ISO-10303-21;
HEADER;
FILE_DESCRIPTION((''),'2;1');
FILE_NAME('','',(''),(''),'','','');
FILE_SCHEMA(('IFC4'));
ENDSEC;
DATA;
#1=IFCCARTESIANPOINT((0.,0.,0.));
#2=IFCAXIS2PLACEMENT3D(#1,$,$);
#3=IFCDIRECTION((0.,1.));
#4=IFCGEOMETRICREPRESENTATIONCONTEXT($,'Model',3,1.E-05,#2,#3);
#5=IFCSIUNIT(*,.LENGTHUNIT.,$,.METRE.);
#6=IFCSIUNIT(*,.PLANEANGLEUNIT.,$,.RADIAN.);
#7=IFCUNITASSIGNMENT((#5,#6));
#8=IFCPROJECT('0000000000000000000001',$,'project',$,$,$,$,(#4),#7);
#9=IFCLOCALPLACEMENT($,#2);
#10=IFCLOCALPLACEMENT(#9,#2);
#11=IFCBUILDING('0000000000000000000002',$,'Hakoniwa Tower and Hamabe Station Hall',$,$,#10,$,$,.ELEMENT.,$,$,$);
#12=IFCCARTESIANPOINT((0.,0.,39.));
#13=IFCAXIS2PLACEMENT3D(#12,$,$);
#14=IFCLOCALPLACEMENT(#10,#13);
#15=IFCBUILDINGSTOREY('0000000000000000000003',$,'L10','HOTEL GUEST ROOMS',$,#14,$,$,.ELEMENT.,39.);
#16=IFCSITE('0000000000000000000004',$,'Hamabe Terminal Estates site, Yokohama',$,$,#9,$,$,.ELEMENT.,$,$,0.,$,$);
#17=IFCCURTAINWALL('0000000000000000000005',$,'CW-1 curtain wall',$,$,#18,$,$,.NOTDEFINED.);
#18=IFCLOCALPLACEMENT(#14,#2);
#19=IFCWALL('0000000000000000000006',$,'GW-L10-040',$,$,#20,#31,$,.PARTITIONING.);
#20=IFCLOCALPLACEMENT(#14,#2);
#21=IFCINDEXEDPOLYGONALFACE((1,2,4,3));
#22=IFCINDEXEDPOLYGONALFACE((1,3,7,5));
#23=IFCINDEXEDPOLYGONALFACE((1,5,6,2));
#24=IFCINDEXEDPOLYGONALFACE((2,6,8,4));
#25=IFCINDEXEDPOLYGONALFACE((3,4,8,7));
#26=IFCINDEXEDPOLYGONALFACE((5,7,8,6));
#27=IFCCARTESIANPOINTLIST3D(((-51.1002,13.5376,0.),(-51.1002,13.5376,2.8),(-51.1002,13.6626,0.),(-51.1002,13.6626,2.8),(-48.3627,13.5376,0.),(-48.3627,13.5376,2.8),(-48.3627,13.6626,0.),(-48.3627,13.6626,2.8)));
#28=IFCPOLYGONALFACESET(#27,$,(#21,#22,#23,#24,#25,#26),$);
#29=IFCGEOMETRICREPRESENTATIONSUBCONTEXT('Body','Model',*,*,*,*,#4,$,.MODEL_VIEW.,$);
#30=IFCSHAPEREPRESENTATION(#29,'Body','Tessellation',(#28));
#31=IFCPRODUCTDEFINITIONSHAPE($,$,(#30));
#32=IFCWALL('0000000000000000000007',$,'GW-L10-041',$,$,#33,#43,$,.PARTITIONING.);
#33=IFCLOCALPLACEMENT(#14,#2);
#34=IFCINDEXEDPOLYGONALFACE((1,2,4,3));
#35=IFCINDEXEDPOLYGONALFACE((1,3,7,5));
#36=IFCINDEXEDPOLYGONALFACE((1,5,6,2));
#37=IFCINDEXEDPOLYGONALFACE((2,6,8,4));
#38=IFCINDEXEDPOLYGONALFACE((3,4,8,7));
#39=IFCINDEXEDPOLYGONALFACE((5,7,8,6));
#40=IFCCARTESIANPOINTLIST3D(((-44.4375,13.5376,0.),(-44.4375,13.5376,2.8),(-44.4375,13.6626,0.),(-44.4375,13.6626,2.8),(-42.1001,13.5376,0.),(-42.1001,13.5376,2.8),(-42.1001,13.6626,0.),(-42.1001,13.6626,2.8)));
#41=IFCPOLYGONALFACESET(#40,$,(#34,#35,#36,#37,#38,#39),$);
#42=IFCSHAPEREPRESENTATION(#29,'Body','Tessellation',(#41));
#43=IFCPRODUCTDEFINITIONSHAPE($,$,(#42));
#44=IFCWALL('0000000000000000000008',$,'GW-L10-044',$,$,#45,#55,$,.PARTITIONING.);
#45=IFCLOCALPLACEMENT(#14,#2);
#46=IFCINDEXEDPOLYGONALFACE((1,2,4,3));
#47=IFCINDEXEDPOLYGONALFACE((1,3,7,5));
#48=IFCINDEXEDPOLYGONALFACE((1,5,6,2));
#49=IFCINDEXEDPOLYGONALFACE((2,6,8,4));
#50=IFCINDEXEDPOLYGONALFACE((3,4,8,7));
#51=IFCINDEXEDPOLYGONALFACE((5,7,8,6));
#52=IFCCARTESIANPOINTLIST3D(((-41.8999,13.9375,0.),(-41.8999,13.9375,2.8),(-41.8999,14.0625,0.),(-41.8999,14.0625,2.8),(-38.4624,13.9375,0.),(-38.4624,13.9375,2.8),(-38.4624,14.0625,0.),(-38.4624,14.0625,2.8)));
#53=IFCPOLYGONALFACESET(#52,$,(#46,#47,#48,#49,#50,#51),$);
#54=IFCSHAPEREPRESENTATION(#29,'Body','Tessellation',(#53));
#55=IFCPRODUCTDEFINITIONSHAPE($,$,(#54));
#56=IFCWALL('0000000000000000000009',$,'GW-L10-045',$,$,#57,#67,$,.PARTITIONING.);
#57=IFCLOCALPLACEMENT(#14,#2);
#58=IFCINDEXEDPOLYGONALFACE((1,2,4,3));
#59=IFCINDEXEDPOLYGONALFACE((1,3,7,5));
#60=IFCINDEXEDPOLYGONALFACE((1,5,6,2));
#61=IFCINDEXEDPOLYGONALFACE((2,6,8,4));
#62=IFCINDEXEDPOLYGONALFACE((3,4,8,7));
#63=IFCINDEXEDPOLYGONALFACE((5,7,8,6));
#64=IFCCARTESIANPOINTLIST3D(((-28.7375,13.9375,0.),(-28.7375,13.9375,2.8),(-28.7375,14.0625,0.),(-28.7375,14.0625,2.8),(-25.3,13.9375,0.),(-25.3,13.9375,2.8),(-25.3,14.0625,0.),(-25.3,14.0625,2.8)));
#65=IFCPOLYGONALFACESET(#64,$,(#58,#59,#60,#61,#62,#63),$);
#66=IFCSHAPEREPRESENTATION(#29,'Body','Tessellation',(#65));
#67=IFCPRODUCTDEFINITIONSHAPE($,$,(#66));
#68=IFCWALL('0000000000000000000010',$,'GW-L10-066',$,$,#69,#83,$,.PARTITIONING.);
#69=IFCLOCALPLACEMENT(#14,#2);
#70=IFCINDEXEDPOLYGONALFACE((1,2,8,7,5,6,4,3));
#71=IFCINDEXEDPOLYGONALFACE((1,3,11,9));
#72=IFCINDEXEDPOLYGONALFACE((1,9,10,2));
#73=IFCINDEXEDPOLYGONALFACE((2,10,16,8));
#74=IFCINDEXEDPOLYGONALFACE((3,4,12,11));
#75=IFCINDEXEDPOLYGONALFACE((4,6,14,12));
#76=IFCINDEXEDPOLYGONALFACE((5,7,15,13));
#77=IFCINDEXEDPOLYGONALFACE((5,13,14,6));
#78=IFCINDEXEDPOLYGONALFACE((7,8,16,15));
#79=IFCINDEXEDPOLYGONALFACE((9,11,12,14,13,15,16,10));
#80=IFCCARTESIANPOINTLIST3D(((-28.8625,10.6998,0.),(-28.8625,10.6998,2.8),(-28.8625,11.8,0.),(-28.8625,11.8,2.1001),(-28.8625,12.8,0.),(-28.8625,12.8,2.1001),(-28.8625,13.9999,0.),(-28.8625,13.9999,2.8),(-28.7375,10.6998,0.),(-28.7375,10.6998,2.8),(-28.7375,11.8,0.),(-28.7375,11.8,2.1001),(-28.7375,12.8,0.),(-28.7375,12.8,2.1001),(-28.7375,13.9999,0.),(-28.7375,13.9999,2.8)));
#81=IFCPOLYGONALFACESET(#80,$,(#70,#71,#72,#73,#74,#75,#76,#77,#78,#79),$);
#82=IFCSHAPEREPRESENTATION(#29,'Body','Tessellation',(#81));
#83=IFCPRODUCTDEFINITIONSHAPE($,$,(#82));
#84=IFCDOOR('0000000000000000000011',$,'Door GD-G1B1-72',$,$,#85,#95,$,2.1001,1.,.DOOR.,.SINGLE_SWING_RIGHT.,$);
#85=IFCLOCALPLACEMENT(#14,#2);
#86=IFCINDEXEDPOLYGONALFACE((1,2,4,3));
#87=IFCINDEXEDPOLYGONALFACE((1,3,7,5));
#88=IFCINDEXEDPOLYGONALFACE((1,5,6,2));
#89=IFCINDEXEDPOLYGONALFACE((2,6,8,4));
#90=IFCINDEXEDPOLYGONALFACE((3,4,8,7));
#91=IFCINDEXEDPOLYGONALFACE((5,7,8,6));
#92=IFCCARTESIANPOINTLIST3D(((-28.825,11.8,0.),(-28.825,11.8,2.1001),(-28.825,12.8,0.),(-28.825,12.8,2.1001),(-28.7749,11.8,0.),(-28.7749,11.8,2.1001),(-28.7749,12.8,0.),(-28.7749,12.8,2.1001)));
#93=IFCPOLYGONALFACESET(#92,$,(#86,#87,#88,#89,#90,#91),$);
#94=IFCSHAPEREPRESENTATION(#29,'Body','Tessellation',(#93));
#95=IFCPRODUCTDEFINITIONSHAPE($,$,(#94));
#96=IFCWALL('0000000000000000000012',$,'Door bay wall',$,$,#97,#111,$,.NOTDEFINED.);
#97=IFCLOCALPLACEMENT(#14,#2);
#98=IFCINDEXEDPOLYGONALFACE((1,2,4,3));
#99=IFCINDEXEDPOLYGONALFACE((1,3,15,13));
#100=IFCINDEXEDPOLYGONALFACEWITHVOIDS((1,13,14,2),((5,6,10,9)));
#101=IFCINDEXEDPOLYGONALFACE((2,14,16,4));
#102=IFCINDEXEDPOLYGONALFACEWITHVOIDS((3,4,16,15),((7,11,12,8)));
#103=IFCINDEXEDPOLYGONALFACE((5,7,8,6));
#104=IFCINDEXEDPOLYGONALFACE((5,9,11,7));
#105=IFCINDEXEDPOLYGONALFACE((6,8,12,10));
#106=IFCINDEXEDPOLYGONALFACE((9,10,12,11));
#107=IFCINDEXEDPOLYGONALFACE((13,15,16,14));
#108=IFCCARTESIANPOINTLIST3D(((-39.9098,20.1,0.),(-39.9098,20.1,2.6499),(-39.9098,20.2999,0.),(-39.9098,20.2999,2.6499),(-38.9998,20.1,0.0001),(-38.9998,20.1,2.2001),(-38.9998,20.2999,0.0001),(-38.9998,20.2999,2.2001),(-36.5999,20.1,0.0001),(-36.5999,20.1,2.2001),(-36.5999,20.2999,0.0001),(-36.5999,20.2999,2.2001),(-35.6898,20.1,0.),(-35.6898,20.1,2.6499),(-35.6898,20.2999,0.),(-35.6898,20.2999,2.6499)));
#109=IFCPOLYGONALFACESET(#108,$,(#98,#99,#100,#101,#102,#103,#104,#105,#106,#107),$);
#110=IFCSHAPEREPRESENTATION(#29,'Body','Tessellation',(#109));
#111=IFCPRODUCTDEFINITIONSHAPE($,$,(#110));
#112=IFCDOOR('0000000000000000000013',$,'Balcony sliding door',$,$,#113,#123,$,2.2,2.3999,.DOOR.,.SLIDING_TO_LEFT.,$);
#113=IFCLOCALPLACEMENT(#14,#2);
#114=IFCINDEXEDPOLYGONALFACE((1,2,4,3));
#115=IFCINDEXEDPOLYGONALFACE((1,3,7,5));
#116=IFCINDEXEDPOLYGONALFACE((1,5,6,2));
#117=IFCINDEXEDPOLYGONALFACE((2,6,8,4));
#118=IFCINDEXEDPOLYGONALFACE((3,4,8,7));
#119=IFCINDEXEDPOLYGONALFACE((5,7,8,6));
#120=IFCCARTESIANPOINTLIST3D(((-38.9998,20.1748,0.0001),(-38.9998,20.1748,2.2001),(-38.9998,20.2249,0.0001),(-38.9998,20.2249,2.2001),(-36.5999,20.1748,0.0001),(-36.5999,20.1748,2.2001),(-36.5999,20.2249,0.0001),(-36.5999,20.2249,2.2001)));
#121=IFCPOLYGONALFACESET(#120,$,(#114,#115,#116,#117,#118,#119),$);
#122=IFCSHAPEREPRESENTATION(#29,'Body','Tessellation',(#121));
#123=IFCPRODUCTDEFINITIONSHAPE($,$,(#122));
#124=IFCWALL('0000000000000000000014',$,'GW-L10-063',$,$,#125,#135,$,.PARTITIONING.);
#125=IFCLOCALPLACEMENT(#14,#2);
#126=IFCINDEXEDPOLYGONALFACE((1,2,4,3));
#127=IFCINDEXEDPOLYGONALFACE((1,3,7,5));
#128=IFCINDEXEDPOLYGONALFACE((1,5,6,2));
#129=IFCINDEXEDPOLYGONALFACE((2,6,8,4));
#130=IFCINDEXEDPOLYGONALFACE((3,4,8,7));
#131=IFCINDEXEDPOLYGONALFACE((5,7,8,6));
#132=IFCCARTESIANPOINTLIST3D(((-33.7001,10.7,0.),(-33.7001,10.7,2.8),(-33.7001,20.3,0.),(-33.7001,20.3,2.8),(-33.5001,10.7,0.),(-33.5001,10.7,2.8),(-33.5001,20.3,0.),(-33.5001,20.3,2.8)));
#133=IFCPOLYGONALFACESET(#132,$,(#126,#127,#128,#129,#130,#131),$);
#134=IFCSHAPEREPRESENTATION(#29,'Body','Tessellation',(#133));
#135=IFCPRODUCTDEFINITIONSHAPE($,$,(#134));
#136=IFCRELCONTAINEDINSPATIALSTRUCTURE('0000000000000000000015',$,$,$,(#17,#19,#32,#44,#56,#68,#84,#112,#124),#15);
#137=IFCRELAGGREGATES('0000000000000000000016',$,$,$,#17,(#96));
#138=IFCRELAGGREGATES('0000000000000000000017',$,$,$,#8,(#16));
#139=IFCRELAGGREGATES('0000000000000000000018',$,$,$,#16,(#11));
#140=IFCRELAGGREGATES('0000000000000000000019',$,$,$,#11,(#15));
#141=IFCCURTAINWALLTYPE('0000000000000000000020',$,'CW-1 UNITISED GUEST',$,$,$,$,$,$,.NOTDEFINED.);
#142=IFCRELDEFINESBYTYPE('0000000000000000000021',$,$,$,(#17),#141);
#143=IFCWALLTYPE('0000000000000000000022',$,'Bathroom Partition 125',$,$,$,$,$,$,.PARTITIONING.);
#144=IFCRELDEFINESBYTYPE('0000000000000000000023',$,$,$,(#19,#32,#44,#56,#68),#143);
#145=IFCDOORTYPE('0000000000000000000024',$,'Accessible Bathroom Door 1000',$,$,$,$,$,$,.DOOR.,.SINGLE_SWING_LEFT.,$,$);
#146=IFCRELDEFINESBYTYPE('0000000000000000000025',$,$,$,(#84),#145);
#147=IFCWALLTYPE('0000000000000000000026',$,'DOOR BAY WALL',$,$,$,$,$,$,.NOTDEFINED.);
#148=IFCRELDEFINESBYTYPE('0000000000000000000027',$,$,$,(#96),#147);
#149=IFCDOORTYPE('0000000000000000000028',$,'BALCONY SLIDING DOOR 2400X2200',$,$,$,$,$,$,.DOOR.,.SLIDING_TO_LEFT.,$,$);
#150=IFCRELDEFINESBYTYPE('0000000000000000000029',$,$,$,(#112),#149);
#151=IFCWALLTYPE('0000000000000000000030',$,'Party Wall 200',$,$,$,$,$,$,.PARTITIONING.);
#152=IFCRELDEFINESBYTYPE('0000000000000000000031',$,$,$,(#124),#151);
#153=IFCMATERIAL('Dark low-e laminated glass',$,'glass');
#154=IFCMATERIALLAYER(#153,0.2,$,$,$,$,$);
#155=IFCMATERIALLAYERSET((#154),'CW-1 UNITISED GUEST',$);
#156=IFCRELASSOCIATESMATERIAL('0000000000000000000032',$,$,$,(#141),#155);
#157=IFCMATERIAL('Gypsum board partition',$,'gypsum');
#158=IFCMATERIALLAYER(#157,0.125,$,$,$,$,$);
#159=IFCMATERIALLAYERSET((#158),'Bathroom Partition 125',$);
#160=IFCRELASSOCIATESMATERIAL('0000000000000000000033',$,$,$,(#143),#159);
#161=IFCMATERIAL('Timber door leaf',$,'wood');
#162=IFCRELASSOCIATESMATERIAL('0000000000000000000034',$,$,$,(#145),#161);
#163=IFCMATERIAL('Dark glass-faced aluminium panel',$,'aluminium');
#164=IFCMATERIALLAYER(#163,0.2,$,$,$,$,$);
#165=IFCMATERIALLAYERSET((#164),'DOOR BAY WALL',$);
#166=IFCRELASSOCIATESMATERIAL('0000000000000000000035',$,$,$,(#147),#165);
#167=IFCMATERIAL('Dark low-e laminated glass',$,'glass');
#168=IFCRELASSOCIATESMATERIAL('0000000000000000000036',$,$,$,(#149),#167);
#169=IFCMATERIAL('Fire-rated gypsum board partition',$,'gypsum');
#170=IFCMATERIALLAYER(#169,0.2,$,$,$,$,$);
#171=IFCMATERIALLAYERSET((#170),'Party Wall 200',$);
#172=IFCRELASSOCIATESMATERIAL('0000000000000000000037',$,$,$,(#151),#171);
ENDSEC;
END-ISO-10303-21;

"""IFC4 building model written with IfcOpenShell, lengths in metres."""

from ifc_helpers import new_model, si_unit, direction, frame, frame_2d, origin, place, context, subcontext, project, spatial, rectangle, extrude, material, layer, layer_set, type_object, element, fill, aggregate, save


model = new_model("IFC4")

# Units and contexts
model_context = context("Model", 3, precision=1e-05, world=origin(), true_north=direction((0.0, 1.0)))
body_context = subcontext(model_context, "Body", "Model", "MODEL_VIEW")
ifc_project = project(units=[si_unit("LENGTHUNIT", "METRE"), si_unit("PLANEANGLEUNIT", "RADIAN")], contexts=[model_context])

# Site, building, storey
site_placement = place(None, origin())
site = spatial("IfcSite", under=ifc_project, at=site_placement, Name="Hamabe Terminal Estates site, Yokohama", CompositionType="ELEMENT", RefElevation=0.0)
building_placement = place(site_placement, origin())
building = spatial("IfcBuilding", under=site, at=building_placement, Name="Hakoniwa Tower and Hamabe Station Hall", CompositionType="ELEMENT")
storey_placement = place(building_placement, frame((0.0, 0.0, 39.0)))
storey = spatial("IfcBuildingStorey", under=building, at=storey_placement, Name="L10", Description="HOTEL GUEST ROOMS", CompositionType="ELEMENT", Elevation=39.0)

# Curtain wall
ifc_material_1 = material(Name="Dark low-e laminated glass", Category="glass")
ifc_layer_1 = layer(ifc_material_1, 0.2)
ifc_layer_set_1 = layer_set([ifc_layer_1], Name="CW-1 UNITISED GUEST")
curtain_wall_type = type_object("IfcCurtainWallType", Name="CW-1 UNITISED GUEST", PredefinedType="NOTDEFINED", material=ifc_layer_set_1)
curtain_wall_1_placement = place(storey_placement, origin())
curtain_wall_1 = element("IfcCurtainWall", 1, at=curtain_wall_1_placement, inside=storey, type_object=curtain_wall_type, Name="CW-1 curtain wall", PredefinedType="NOTDEFINED")

# Walls
ifc_material_2 = material(Name="Gypsum board partition", Category="gypsum")
ifc_layer_2 = layer(ifc_material_2, 0.125)
ifc_layer_set_2 = layer_set([ifc_layer_2], Name="Bathroom Partition 125")
wall_type_1 = type_object("IfcWallType", Name="Bathroom Partition 125", PredefinedType="PARTITIONING", material=ifc_layer_set_2)
wall_1_placement = place(storey_placement, frame((-51.1001, 13.6001, 0.0), z_axis=(0.0, 0.0, 1.0), x_axis=(1.0, 0.0, 0.0)))
element("IfcWall", 2, at=wall_1_placement, inside=storey, type_object=wall_type_1, Name="GW-L10-040", PredefinedType="PARTITIONING", context=body_context, shape_type="SweptSolid", body=[
    extrude(rectangle(XDim=2.7375, YDim=0.125, at=frame_2d((1.3687, 0.0))), origin(), (0.0, 0.0, 1.0), 2.8),
])
wall_2_placement = place(storey_placement, frame((-44.4375, 13.6001, 0.0), z_axis=(0.0, 0.0, 1.0), x_axis=(1.0, 0.0, 0.0)))
element("IfcWall", 3, at=wall_2_placement, inside=storey, type_object=wall_type_1, Name="GW-L10-041", PredefinedType="PARTITIONING", context=body_context, shape_type="SweptSolid", body=[
    extrude(rectangle(XDim=2.3374, YDim=0.125, at=frame_2d((1.1687, 0.0))), origin(), (0.0, 0.0, 1.0), 2.8),
])
for number, where, z_axis, x_axis, name in (
    (4, (-41.8999, 14.0, 0.0), (0.0, 0.0, 1.0), (1.0, 0.0, 0.0), "GW-L10-044"),
    (5, (-28.7375, 14.0, 0.0), (0.0, 0.0, 1.0), (1.0, 0.0, 0.0), "GW-L10-045"),
):
    element("IfcWall", number, at=place(storey_placement, frame(where, z_axis=z_axis, x_axis=x_axis)), inside=storey, type_object=wall_type_1, Name=name, PredefinedType="PARTITIONING", context=body_context, shape_type="SweptSolid", body=[
        extrude(rectangle(XDim=3.4375, YDim=0.125, at=frame_2d((1.7188, 0.0))), origin(), (0.0, 0.0, 1.0), 2.8),
    ])

# Walls, openings, doors
wall_3_placement = place(storey_placement, frame((-28.8, 10.7, 0.0), z_axis=(0.0, 0.0, 1.0), x_axis=(0.0, 1.0, 0.0)))
wall_3 = element("IfcWall", 6, at=wall_3_placement, inside=storey, type_object=wall_type_1, Name="GW-L10-066", PredefinedType="PARTITIONING", context=body_context, shape_type="SweptSolid", body=[
    extrude(rectangle(XDim=3.3, YDim=0.125, at=frame_2d((1.6499, 0.0))), origin(), (0.0, 0.0, 1.0), 2.8),
])
opening_1_placement = place(wall_3_placement, frame((1.1001, 0.0, 0.0)))
opening_1 = element("IfcOpeningElement", 7, at=opening_1_placement, cuts=wall_3, PredefinedType="OPENING", context=body_context, shape_type="SweptSolid", body=[
    extrude(rectangle(XDim=1.0, YDim=2.1001, at=frame_2d((0.5, 1.05))), frame((0.0, 0.0725, 0.0), z_axis=(0.0, -1.0, 0.0), x_axis=(1.0, 0.0, 0.0)), (0.0, 0.0, 1.0), 0.145),
])
ifc_material_3 = material(Name="Timber door leaf", Category="wood")
door_type_1 = type_object("IfcDoorType", Name="Accessible Bathroom Door 1000", OperationType="SINGLE_SWING_LEFT", PredefinedType="DOOR", material=ifc_material_3)
door_1_placement = place(opening_1_placement, origin())
door_1 = element("IfcDoor", 8, at=door_1_placement, inside=storey, type_object=door_type_1, Name="Door GD-G1B1-72", OperationType="SINGLE_SWING_RIGHT", OverallHeight=2.1001, OverallWidth=1.0, PredefinedType="DOOR", context=body_context, shape_type="SweptSolid", body=[
    extrude(rectangle(XDim=1.0, YDim=2.1001, at=frame_2d((0.5, 1.05))), frame((0.0, 0.0249, 0.0), z_axis=(0.0, -1.0, 0.0), x_axis=(1.0, 0.0, 0.0)), (0.0, 0.0, 1.0), 0.05),
])
fill(opening_1, door_1)
ifc_material_4 = material(Name="Dark glass-faced aluminium panel", Category="aluminium")
ifc_layer_3 = layer(ifc_material_4, 0.2)
ifc_layer_set_3 = layer_set([ifc_layer_3], Name="DOOR BAY WALL")
wall_type_2 = type_object("IfcWallType", Name="DOOR BAY WALL", PredefinedType="NOTDEFINED", material=ifc_layer_set_3)
wall_4_placement = place(storey_placement, frame((-35.6899, 20.2, 0.0), z_axis=(0.0, 0.0, 1.0), x_axis=(-1.0, 0.0, 0.0)))
wall_4 = element("IfcWall", 9, at=wall_4_placement, type_object=wall_type_2, Name="Door bay wall", PredefinedType="NOTDEFINED", context=body_context, shape_type="SweptSolid", body=[
    extrude(rectangle(XDim=4.22, YDim=0.2, at=frame_2d((2.1099, 0.0))), origin(), (0.0, 0.0, 1.0), 2.6499),
])
opening_2_placement = place(wall_4_placement, frame((0.9099, 0.0, 0.0)))
opening_2 = element("IfcOpeningElement", 10, at=opening_2_placement, cuts=wall_4, PredefinedType="OPENING", context=body_context, shape_type="SweptSolid", body=[
    extrude(rectangle(XDim=2.3999, YDim=2.2, at=frame_2d((1.2, 1.1001))), frame((0.0, 0.1099, 0.0), z_axis=(0.0, -1.0, 0.0), x_axis=(1.0, 0.0, 0.0)), (0.0, 0.0, 1.0), 0.22),
])
ifc_material_5 = material(Name="Dark low-e laminated glass", Category="glass")
door_type_2 = type_object("IfcDoorType", Name="BALCONY SLIDING DOOR 2400X2200", OperationType="SLIDING_TO_LEFT", PredefinedType="DOOR", material=ifc_material_5)
door_2_placement = place(opening_2_placement, frame((2.3999, 0.0, 0.0), z_axis=(0.0, 0.0, 1.0), x_axis=(-1.0, 0.0, 0.0)))
door_2 = element("IfcDoor", 11, at=door_2_placement, inside=storey, type_object=door_type_2, Name="Balcony sliding door", OperationType="SLIDING_TO_LEFT", OverallHeight=2.2, OverallWidth=2.3999, PredefinedType="DOOR", context=body_context, shape_type="SweptSolid", body=[
    extrude(rectangle(XDim=2.3999, YDim=2.2, at=frame_2d((1.2, 1.1001))), frame((0.0, 0.0249, 0.0), z_axis=(0.0, -1.0, 0.0), x_axis=(1.0, 0.0, 0.0)), (0.0, 0.0, 1.0), 0.05),
])
fill(opening_2, door_2)
aggregate(curtain_wall_1, [wall_4])

# Wall
ifc_material_6 = material(Name="Fire-rated gypsum board partition", Category="gypsum")
ifc_layer_4 = layer(ifc_material_6, 0.2)
ifc_layer_set_4 = layer_set([ifc_layer_4], Name="Party Wall 200")
wall_type_3 = type_object("IfcWallType", Name="Party Wall 200", PredefinedType="PARTITIONING", material=ifc_layer_set_4)
wall_5_placement = place(storey_placement, frame((-33.6001, 10.7, 0.0), z_axis=(0.0, 0.0, 1.0), x_axis=(0.0, 1.0, 0.0)))
element("IfcWall", 12, at=wall_5_placement, inside=storey, type_object=wall_type_3, Name="GW-L10-063", PredefinedType="PARTITIONING", context=body_context, shape_type="SweptSolid", body=[
    extrude(rectangle(XDim=9.6001, YDim=0.2, at=frame_2d((4.8, 0.0))), origin(), (0.0, 0.0, 1.0), 2.8),
])

save(model, "model.ifc")
